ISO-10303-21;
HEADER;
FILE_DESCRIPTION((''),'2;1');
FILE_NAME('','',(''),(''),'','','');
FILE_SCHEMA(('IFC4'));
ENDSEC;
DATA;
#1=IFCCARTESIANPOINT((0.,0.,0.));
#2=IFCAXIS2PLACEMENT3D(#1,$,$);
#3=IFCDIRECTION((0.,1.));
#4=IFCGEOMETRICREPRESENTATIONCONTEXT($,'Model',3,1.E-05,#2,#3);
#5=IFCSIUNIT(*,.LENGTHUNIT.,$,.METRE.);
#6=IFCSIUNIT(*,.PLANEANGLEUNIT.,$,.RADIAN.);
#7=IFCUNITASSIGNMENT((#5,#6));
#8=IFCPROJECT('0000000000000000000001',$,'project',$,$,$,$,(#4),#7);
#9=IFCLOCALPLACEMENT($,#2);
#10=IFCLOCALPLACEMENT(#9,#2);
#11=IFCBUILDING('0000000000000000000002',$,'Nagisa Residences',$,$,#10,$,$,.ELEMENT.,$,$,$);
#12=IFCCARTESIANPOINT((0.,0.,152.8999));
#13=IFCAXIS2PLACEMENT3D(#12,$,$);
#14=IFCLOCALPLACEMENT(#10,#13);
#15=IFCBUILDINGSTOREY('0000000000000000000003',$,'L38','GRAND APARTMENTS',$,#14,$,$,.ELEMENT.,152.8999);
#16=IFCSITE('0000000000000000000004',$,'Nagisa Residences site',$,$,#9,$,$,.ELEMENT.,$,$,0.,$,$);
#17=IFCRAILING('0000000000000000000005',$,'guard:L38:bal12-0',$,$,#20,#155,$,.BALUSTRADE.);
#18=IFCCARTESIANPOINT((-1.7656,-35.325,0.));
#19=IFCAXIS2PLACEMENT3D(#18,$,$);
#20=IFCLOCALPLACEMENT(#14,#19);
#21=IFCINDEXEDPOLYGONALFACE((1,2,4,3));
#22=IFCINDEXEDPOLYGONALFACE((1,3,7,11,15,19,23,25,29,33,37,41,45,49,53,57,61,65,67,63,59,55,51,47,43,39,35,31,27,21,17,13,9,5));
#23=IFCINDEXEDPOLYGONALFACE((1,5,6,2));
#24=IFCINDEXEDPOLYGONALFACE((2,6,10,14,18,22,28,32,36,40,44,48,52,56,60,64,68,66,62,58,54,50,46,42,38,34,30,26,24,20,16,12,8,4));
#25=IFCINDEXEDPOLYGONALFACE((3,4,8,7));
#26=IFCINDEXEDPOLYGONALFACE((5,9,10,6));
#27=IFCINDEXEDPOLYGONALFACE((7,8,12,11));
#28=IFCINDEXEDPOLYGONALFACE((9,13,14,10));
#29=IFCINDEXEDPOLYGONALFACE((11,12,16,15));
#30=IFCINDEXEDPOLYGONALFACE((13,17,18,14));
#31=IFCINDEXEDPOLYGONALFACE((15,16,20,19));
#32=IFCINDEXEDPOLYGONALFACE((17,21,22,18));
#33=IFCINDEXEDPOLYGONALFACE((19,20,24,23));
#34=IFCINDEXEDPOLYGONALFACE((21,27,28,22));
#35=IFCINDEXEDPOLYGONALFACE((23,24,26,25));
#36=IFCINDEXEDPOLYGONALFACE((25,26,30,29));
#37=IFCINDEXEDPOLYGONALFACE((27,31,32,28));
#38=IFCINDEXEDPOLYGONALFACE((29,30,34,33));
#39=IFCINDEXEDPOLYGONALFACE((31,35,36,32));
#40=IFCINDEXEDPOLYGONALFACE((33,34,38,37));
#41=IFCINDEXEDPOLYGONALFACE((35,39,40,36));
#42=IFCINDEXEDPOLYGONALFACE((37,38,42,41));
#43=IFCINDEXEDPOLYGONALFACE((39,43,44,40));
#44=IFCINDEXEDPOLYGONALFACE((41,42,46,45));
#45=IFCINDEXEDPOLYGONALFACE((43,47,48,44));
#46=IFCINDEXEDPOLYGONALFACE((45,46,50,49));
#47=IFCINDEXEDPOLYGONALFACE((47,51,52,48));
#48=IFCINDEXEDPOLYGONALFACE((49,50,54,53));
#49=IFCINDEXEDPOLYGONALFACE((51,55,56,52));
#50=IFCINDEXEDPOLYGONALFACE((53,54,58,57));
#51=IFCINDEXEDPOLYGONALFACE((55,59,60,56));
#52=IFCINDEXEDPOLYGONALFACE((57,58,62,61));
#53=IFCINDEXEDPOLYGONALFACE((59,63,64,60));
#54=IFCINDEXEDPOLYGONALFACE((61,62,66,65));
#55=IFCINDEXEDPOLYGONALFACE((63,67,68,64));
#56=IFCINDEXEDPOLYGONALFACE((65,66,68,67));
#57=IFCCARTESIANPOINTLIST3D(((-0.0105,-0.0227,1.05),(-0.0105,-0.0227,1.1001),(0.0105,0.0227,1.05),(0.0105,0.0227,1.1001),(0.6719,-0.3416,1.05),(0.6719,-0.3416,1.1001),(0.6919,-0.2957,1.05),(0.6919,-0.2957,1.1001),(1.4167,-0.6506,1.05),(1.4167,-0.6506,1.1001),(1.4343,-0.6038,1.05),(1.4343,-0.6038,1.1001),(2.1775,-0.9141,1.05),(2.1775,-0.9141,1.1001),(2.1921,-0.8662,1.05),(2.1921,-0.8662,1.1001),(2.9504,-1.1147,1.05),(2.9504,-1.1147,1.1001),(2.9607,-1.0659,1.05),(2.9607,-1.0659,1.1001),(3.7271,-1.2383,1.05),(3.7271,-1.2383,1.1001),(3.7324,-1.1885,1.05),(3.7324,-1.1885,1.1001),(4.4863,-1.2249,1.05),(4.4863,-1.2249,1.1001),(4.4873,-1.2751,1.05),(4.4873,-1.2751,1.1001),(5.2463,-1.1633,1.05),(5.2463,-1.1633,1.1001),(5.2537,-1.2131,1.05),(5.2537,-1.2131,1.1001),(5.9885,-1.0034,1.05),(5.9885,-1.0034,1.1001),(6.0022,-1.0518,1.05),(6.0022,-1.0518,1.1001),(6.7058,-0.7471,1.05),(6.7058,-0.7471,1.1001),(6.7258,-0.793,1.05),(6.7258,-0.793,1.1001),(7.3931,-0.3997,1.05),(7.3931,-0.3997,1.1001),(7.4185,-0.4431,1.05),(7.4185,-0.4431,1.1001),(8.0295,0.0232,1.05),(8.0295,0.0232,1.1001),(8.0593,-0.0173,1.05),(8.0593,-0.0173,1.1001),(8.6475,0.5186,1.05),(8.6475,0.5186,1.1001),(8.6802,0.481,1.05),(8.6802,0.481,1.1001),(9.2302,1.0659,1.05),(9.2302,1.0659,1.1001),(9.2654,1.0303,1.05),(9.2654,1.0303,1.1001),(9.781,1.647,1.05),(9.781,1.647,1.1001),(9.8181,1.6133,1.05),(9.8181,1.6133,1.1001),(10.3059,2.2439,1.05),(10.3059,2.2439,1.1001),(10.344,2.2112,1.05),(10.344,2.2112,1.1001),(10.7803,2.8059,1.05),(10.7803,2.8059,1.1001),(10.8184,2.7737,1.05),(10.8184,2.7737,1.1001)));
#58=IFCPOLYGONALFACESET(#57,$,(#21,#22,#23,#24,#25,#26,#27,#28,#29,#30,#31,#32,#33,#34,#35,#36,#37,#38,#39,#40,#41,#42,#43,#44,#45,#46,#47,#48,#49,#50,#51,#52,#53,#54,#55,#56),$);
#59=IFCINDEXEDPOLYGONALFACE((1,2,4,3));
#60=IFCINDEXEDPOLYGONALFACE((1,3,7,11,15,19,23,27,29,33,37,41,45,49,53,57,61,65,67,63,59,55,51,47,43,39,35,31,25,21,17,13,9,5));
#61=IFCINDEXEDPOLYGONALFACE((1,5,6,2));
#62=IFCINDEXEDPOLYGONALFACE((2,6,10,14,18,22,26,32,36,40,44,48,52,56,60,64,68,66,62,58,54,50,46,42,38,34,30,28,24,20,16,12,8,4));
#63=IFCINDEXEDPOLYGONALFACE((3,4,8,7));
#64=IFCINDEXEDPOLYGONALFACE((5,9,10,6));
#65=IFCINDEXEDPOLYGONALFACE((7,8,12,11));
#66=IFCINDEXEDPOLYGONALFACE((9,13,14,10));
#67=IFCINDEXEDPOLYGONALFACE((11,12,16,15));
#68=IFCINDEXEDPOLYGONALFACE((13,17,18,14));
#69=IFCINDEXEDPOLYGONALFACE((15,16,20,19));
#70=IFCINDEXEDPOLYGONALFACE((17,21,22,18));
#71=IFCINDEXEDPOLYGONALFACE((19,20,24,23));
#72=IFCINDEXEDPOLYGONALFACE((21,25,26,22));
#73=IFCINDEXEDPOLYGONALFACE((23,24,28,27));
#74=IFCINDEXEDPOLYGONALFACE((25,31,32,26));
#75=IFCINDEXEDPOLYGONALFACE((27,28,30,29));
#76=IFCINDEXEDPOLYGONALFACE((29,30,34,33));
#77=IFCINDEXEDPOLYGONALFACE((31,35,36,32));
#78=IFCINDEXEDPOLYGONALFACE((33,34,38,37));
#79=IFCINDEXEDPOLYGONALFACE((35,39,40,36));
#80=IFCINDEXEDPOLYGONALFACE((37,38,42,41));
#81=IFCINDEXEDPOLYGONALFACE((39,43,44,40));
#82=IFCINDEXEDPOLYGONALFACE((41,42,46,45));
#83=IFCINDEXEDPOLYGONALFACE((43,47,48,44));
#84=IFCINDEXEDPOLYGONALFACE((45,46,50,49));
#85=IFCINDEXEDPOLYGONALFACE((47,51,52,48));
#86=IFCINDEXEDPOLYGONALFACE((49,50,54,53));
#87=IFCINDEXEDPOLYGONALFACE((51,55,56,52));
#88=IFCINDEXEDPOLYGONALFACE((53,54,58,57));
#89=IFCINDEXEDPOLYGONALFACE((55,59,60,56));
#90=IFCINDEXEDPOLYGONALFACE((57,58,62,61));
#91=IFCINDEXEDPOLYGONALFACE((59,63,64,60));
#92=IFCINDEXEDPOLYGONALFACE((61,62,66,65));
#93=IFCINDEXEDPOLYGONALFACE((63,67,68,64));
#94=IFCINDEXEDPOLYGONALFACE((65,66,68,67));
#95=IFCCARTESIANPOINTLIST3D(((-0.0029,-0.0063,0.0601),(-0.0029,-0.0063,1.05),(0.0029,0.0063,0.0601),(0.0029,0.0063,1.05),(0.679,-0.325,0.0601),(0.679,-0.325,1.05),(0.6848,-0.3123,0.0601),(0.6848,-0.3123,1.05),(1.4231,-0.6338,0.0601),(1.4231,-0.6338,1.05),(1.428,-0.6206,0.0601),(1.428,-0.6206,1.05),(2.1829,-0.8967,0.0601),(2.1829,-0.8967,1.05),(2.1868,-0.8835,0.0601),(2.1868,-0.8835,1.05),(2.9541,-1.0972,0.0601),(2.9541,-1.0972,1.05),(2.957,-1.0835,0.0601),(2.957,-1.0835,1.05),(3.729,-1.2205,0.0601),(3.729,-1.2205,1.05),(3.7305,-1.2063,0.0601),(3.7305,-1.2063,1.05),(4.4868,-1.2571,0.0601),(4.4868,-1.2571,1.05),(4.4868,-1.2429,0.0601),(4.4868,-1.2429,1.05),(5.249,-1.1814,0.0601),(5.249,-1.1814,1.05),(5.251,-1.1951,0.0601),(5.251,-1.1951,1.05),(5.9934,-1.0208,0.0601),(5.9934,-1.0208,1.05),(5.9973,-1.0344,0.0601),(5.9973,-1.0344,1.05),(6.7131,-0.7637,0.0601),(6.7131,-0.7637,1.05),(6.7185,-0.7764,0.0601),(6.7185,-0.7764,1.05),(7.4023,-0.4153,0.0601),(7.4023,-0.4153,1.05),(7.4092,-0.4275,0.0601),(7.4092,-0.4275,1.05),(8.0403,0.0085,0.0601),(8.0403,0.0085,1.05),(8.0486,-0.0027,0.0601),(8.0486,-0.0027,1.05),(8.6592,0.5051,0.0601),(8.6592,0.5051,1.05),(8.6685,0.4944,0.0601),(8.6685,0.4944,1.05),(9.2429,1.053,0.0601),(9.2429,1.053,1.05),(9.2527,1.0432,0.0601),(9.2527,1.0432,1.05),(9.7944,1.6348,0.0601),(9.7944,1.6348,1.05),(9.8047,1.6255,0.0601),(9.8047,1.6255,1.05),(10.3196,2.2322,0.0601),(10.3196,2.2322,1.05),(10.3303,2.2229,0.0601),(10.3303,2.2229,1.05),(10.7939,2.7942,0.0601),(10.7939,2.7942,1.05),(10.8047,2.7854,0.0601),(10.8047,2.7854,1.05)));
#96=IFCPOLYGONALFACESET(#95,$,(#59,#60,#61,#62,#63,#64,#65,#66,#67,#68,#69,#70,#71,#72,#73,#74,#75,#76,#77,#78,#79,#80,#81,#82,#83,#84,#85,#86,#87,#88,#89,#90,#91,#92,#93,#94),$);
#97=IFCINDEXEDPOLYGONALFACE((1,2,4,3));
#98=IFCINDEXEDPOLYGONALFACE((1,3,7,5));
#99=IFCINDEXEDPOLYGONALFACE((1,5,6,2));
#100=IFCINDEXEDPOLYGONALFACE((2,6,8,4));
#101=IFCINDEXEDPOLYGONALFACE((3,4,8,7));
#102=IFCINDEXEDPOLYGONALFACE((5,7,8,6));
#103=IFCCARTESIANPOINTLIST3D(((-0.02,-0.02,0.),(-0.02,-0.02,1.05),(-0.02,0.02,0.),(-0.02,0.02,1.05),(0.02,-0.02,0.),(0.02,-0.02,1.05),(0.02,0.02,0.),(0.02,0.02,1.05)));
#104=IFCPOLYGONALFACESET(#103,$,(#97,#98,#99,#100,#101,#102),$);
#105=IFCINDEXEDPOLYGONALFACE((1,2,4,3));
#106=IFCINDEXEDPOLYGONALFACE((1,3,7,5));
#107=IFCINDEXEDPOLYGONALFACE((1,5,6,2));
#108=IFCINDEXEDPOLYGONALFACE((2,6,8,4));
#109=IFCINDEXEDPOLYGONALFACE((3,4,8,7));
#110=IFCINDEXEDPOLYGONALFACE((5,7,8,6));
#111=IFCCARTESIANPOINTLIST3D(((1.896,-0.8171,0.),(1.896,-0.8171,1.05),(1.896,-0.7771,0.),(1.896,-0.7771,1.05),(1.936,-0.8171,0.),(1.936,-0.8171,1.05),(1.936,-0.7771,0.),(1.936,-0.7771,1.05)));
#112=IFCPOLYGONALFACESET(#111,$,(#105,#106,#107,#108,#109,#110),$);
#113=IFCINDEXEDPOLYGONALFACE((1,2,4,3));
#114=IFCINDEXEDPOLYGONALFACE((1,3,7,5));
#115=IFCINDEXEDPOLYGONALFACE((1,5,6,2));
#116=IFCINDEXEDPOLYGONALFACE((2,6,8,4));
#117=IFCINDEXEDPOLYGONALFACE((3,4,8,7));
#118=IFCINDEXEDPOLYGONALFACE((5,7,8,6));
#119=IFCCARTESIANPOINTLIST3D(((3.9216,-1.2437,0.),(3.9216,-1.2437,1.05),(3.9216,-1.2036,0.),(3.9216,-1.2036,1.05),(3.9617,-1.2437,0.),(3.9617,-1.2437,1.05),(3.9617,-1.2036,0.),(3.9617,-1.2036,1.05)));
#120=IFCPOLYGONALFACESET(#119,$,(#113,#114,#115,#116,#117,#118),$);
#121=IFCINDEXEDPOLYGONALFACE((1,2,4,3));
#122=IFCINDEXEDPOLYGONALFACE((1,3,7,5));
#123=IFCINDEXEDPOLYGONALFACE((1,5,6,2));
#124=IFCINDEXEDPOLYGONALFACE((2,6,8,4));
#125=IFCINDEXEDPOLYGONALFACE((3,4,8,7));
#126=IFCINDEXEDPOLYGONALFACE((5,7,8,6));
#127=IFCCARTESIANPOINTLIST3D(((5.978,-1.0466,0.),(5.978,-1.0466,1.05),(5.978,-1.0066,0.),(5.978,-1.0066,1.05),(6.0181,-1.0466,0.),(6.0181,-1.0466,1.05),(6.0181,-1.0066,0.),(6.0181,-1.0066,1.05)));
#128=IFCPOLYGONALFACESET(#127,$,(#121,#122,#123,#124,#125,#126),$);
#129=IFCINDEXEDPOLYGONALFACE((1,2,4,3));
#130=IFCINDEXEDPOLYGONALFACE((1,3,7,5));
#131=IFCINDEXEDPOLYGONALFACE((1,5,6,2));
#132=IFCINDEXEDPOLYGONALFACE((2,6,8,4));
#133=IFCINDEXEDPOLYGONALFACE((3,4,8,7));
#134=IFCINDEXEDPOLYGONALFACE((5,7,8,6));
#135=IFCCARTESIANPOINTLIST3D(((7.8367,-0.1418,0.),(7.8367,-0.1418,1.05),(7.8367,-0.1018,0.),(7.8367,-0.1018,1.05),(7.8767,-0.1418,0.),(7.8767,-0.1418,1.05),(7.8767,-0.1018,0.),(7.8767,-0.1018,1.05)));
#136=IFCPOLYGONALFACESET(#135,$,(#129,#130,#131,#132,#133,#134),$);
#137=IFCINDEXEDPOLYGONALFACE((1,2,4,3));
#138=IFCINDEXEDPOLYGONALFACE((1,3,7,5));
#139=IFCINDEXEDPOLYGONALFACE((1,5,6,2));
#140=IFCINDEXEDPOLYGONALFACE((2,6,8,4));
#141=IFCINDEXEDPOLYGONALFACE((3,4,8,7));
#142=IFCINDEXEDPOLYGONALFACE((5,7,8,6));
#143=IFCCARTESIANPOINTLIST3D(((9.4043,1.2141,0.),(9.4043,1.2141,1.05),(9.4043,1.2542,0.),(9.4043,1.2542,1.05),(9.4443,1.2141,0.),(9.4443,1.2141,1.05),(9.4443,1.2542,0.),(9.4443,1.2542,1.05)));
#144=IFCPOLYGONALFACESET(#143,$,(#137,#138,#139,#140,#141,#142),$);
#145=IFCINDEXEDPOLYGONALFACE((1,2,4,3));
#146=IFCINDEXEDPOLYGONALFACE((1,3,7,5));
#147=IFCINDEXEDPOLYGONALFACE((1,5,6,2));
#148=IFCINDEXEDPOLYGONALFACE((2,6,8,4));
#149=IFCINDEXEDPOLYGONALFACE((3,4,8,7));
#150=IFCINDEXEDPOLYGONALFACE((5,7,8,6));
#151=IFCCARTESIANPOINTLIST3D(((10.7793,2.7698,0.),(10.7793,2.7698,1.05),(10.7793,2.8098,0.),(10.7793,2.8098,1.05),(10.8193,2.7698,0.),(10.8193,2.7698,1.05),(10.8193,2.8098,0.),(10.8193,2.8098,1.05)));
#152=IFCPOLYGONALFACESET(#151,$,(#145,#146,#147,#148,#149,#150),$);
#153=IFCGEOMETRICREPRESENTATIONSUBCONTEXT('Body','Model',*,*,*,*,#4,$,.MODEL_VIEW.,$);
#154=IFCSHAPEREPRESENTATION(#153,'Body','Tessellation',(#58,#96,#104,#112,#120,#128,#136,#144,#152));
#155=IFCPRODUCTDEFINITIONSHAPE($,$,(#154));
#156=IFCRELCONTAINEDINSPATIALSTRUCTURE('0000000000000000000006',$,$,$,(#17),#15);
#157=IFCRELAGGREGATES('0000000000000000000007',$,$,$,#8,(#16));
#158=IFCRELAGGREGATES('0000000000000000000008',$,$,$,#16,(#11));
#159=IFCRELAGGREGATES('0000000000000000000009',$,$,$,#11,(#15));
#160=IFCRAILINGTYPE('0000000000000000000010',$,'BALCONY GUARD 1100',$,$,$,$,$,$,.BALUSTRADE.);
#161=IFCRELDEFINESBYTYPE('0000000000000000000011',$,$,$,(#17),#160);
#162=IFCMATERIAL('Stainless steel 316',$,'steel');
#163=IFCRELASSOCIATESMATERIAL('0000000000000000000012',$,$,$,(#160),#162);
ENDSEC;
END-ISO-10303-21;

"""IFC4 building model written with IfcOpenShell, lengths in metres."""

from ifc_helpers import new_model, si_unit, direction, frame, origin, origin_2d, place, context, subcontext, project, spatial, polyline, rectangle, outline, extrude, material, type_object, element, save


model = new_model("IFC4")

# Units and contexts
model_context = context("Model", 3, precision=1e-05, world=origin(), true_north=direction((0.0, 1.0)))
body_context = subcontext(model_context, "Body", "Model", "MODEL_VIEW")
ifc_project = project(units=[si_unit("LENGTHUNIT", "METRE"), si_unit("PLANEANGLEUNIT", "RADIAN")], contexts=[model_context])

# Site, building, storey
site_placement = place(None, origin())
site = spatial("IfcSite", under=ifc_project, at=site_placement, Name="Nagisa Residences site", CompositionType="ELEMENT", RefElevation=0.0)
building_placement = place(site_placement, origin())
building = spatial("IfcBuilding", under=site, at=building_placement, Name="Nagisa Residences", CompositionType="ELEMENT")
storey_placement = place(building_placement, frame((0.0, 0.0, 152.8999)))
storey = spatial("IfcBuildingStorey", under=building, at=storey_placement, Name="L38", Description="GRAND APARTMENTS", CompositionType="ELEMENT", Elevation=152.8999)

# Railing
ifc_material_1 = material(Name="Stainless steel 316", Category="steel")
railing_type = type_object("IfcRailingType", Name="BALCONY GUARD 1100", PredefinedType="BALUSTRADE", material=ifc_material_1)
railing_placement = place(storey_placement, frame((-1.7656, -35.325, 0.0)))
element("IfcRailing", 1, at=railing_placement, inside=storey, type_object=railing_type, Name="guard:L38:bal12-0", PredefinedType="BALUSTRADE", context=body_context, shape_type="SweptSolid", body=[
    extrude(outline(polyline([(0.6919, -0.2957), (0.0105, 0.0227), (-0.0105, -0.0227), (0.6719, -0.3416), (1.4167, -0.6506), (2.1775, -0.9141), (2.9504, -1.1147), (3.7271, -1.2383), (4.4873, -1.2751), (5.2537, -1.2131), (6.0022, -1.0518), (6.7258, -0.793), (7.4185, -0.4431), (8.0593, -0.0173), (8.6802, 0.481), (9.2654, 1.0303), (9.8181, 1.6133), (10.344, 2.2112), (10.8184, 2.7737), (10.7803, 2.8059), (10.3059, 2.2439), (9.781, 1.647), (9.2302, 1.0659), (8.6475, 0.5186), (8.0295, 0.0232), (7.3931, -0.3997), (6.7058, -0.7471), (5.9885, -1.0034), (5.2463, -1.1633), (4.4863, -1.2249), (3.7324, -1.1885), (2.9607, -1.0659), (2.1921, -0.8662), (1.4343, -0.6038), (0.6919, -0.2957)])), frame((0.0, 0.0, 1.05)), (0.0, 0.0, 1.0), 0.05),
    extrude(outline(polyline([(0.6848, -0.3123), (0.0029, 0.0063), (-0.0029, -0.0063), (0.679, -0.325), (1.4231, -0.6338), (2.1829, -0.8967), (2.9541, -1.0972), (3.729, -1.2205), (4.4868, -1.2571), (5.251, -1.1951), (5.9973, -1.0344), (6.7185, -0.7764), (7.4092, -0.4275), (8.0486, -0.0027), (8.6685, 0.4944), (9.2527, 1.0432), (9.8047, 1.6255), (10.3303, 2.2229), (10.8047, 2.7854), (10.7939, 2.7942), (10.3196, 2.2322), (9.7944, 1.6348), (9.2429, 1.053), (8.6592, 0.5051), (8.0403, 0.0085), (7.4023, -0.4153), (6.7131, -0.7637), (5.9934, -1.0208), (5.249, -1.1814), (4.4868, -1.2429), (3.7305, -1.2063), (2.957, -1.0835), (2.1868, -0.8835), (1.428, -0.6206), (0.6848, -0.3123)])), frame((0.0, 0.0, 0.0601)), (0.0, 0.0, 1.0), 0.99),
    extrude(rectangle(XDim=0.04, YDim=0.04, at=origin_2d()), origin(), (0.0, 0.0, 1.0), 1.05),
    extrude(rectangle(XDim=0.04, YDim=0.04, at=origin_2d()), frame((1.916, -0.7971, 0.0)), (0.0, 0.0, 1.0), 1.05),
    extrude(rectangle(XDim=0.04, YDim=0.04, at=origin_2d()), frame((3.9417, -1.2236, 0.0)), (0.0, 0.0, 1.0), 1.05),
    extrude(rectangle(XDim=0.04, YDim=0.04, at=origin_2d()), frame((5.998, -1.0266, 0.0)), (0.0, 0.0, 1.0), 1.05),
    extrude(rectangle(XDim=0.04, YDim=0.04, at=origin_2d()), frame((7.8567, -0.1218, 0.0)), (0.0, 0.0, 1.0), 1.05),
    extrude(rectangle(XDim=0.04, YDim=0.04, at=origin_2d()), frame((9.4243, 1.2341, 0.0)), (0.0, 0.0, 1.0), 1.05),
    extrude(rectangle(XDim=0.04, YDim=0.04, at=origin_2d()), frame((10.7993, 2.7898, 0.0)), (0.0, 0.0, 1.0), 1.05),
])

save(model, "model.ifc")
